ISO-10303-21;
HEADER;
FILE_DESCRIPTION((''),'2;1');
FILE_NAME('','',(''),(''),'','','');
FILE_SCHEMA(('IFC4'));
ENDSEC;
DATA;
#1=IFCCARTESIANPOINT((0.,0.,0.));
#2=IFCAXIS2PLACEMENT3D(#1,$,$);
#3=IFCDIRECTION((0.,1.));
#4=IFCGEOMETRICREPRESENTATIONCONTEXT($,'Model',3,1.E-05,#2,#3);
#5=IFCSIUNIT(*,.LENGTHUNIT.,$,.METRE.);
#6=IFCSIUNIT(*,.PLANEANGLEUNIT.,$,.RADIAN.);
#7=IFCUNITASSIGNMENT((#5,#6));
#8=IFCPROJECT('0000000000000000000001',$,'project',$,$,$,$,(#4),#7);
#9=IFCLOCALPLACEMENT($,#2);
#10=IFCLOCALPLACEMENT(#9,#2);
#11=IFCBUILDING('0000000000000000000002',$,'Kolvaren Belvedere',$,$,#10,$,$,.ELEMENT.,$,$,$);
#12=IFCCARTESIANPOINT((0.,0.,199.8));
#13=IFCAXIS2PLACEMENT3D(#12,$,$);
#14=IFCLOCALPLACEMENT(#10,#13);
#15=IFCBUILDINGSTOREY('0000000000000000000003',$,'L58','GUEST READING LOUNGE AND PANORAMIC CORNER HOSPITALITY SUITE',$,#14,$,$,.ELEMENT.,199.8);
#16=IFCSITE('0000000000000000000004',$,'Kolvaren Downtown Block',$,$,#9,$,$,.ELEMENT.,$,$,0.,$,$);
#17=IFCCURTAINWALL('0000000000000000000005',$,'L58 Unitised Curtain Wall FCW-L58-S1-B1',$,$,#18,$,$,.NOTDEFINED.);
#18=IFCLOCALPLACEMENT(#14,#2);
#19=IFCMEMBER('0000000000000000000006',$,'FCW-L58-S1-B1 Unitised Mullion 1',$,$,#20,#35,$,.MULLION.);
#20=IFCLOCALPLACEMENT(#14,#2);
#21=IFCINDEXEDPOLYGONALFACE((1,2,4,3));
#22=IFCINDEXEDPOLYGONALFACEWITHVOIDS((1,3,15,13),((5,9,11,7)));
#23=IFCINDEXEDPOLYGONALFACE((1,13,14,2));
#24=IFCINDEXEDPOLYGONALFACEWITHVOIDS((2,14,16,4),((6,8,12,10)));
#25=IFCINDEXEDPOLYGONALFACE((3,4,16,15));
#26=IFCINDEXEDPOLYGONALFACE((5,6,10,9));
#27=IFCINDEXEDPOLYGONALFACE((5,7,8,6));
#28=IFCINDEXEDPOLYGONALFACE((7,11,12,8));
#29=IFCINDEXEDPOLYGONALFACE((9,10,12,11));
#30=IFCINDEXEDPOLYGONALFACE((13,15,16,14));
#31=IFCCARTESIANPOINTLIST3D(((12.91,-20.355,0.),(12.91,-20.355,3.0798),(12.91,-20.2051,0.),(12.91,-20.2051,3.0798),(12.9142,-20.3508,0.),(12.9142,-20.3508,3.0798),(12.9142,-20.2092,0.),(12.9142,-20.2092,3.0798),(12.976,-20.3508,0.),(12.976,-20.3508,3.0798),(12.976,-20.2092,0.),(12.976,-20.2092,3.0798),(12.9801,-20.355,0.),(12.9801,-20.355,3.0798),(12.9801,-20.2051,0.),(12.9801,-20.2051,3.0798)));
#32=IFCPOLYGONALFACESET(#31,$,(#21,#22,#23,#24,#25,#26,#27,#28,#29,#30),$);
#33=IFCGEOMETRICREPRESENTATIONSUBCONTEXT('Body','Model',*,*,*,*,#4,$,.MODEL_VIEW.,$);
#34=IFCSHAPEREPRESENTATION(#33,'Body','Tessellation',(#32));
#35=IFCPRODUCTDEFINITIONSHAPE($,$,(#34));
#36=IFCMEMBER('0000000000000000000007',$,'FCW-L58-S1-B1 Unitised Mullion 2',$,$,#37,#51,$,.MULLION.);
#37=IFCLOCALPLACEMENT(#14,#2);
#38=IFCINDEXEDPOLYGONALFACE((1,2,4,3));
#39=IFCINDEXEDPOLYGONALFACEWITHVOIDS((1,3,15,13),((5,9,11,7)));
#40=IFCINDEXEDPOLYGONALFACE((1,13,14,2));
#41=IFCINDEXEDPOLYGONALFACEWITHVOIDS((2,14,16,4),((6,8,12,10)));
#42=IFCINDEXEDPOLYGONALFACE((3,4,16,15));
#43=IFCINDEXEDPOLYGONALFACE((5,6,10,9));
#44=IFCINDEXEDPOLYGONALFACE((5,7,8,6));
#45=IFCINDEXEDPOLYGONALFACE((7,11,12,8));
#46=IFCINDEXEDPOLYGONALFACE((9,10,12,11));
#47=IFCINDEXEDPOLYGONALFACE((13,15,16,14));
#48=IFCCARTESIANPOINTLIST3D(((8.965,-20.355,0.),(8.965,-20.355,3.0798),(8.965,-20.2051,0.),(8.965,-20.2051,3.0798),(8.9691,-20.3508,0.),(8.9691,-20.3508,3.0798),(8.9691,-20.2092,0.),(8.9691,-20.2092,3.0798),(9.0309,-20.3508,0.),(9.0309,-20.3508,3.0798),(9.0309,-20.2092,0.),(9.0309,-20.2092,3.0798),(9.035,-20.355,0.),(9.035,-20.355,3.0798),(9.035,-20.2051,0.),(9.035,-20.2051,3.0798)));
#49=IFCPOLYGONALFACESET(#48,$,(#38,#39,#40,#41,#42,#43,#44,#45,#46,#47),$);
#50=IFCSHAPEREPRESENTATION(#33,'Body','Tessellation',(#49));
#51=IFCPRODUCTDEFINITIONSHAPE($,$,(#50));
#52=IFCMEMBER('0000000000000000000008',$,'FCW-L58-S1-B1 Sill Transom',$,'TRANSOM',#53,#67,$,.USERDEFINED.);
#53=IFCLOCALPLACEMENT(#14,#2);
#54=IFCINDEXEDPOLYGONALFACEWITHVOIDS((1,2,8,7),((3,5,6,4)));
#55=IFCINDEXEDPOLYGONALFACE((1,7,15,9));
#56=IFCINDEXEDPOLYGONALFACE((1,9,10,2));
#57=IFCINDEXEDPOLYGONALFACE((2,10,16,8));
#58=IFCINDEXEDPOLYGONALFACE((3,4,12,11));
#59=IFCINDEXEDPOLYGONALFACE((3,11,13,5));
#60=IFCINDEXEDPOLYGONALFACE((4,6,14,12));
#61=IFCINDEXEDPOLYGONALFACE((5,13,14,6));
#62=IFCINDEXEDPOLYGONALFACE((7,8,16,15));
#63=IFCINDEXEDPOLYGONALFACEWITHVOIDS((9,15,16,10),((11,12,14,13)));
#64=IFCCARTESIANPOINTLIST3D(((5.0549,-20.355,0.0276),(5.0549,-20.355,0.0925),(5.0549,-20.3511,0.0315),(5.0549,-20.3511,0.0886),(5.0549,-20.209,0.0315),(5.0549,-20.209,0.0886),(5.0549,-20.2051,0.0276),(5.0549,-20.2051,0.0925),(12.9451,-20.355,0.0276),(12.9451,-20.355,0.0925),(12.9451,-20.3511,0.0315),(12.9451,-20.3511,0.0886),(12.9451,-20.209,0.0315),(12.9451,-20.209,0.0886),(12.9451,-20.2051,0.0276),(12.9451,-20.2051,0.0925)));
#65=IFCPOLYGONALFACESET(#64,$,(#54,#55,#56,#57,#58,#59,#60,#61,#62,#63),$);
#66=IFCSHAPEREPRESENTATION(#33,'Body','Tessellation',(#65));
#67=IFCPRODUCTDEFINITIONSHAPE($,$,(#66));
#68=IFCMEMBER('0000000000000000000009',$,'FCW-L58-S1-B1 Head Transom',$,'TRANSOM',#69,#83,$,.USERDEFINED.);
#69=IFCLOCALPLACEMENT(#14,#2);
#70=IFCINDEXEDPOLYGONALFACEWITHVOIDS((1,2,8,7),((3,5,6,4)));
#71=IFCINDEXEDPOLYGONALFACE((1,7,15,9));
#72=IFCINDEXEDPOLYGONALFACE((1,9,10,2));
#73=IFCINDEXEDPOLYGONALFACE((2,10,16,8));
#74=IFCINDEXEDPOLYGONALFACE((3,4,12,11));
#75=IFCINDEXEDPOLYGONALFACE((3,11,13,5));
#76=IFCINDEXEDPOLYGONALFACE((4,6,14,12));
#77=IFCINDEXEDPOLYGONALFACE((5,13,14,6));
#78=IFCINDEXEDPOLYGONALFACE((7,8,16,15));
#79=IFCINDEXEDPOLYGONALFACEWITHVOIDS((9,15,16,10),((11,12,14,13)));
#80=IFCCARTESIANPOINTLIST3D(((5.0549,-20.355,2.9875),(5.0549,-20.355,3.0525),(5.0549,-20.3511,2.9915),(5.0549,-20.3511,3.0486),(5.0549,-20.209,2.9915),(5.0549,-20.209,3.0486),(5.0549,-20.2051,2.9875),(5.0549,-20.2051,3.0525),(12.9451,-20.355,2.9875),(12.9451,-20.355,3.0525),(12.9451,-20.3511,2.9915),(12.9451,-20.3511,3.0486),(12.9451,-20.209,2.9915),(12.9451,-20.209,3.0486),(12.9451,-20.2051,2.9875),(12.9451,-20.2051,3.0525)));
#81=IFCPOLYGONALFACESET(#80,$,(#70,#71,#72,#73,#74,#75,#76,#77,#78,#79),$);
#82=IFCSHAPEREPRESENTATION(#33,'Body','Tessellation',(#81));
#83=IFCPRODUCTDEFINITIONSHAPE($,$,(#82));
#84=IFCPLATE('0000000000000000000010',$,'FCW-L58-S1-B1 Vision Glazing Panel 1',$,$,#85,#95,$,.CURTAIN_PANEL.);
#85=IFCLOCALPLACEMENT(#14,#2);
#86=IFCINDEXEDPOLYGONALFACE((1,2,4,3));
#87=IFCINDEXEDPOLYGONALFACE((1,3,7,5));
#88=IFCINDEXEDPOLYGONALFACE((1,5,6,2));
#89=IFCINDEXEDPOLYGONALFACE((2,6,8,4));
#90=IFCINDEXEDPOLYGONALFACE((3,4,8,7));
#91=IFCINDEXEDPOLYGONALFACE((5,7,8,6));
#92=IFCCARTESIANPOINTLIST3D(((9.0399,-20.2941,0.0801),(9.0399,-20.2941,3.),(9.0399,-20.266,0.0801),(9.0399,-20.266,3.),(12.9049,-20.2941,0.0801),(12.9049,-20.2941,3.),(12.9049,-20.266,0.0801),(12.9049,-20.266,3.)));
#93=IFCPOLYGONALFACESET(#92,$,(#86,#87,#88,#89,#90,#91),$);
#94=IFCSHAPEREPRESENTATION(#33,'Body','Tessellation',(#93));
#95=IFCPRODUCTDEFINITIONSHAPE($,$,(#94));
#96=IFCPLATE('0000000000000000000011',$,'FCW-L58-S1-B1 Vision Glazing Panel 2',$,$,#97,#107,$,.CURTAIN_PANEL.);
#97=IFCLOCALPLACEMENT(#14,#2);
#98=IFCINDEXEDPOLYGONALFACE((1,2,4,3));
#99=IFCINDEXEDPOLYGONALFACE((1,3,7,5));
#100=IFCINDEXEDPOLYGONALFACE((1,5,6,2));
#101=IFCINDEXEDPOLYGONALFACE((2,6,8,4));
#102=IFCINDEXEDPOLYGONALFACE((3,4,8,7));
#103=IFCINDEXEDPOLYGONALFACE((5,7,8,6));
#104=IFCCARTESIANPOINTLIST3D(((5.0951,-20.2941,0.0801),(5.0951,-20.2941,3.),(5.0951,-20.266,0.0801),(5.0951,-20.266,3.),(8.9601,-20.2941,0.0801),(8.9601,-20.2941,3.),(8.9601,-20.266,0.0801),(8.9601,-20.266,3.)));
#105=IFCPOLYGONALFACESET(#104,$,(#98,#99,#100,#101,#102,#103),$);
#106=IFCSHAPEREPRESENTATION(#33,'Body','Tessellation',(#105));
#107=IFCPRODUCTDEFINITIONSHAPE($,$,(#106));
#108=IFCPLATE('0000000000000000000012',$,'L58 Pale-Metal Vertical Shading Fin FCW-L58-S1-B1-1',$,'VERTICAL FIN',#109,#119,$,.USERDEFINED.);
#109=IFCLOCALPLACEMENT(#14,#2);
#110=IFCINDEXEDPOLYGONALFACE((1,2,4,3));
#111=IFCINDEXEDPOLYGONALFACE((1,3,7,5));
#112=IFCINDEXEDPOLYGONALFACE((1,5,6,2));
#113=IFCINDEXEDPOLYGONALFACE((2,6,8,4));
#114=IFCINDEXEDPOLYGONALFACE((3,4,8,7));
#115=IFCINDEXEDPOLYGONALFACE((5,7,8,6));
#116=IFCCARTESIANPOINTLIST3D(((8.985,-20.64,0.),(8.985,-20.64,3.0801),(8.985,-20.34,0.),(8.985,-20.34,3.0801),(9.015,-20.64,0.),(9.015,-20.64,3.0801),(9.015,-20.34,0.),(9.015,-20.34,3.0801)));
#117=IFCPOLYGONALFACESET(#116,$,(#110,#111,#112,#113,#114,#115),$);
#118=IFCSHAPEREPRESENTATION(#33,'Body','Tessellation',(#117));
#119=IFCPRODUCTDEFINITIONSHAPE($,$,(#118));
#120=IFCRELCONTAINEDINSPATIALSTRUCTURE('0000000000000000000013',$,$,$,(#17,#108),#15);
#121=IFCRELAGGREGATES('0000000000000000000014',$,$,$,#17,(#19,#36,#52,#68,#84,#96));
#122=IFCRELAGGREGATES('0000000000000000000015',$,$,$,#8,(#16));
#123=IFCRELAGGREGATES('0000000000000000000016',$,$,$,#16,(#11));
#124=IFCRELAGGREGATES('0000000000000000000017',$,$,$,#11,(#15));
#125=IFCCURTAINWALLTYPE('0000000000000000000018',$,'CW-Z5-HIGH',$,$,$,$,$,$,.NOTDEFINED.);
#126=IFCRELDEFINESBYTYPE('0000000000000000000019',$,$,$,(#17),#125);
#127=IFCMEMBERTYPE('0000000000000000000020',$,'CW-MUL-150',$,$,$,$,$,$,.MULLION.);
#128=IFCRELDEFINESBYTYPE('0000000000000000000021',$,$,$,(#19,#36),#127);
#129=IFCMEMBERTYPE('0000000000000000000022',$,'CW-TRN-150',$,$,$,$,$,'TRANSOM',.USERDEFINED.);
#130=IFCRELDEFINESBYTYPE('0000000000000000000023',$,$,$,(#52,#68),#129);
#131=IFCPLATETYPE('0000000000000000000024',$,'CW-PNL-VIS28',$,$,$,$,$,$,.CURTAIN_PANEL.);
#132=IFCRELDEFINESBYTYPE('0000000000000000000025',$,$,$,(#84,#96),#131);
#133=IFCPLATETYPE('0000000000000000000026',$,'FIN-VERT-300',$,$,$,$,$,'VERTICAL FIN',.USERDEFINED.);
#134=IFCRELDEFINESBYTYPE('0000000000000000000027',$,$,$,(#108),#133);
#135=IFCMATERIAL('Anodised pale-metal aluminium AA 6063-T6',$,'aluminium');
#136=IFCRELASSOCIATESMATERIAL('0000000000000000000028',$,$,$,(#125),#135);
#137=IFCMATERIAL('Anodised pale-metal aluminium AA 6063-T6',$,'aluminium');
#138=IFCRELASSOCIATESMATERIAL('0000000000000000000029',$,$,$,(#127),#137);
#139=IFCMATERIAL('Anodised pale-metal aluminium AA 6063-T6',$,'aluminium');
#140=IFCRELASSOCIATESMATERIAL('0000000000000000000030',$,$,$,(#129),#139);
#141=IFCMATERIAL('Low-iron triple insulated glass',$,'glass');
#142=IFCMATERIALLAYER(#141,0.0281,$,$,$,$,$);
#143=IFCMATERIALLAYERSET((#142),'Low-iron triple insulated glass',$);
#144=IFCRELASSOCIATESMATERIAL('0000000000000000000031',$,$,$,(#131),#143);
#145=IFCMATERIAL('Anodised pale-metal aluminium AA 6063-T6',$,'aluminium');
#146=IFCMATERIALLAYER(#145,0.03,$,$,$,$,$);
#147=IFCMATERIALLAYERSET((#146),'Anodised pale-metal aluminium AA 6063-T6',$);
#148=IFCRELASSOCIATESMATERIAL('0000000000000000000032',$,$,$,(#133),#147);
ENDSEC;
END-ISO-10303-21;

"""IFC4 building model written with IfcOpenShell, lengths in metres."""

from ifc_helpers import new_model, si_unit, direction, frame, origin, origin_2d, place, context, subcontext, project, spatial, rectangle, hollow_rectangle, extrude, material, layer, layer_set, material_profile, profile_set, type_object, element, aggregate, save


model = new_model("IFC4")

# Units and contexts
model_context = context("Model", 3, precision=1e-05, world=origin(), true_north=direction((0.0, 1.0)))
body_context = subcontext(model_context, "Body", "Model", "MODEL_VIEW")
ifc_project = project(units=[si_unit("LENGTHUNIT", "METRE"), si_unit("PLANEANGLEUNIT", "RADIAN")], contexts=[model_context])

# Site, building, storey
site_placement = place(None, origin())
site = spatial("IfcSite", under=ifc_project, at=site_placement, Name="Kolvaren Downtown Block", CompositionType="ELEMENT", RefElevation=0.0)
building_placement = place(site_placement, origin())
building = spatial("IfcBuilding", under=site, at=building_placement, Name="Kolvaren Belvedere", CompositionType="ELEMENT")
storey_placement = place(building_placement, frame((0.0, 0.0, 199.8)))
storey = spatial("IfcBuildingStorey", under=building, at=storey_placement, Name="L58", Description="GUEST READING LOUNGE AND PANORAMIC CORNER HOSPITALITY SUITE", CompositionType="ELEMENT", Elevation=199.8)

# Curtain wall, members, plates
ifc_material_1 = material(Name="Anodised pale-metal aluminium AA 6063-T6", Category="aluminium")
curtain_wall_type = type_object("IfcCurtainWallType", Name="CW-Z5-HIGH", PredefinedType="NOTDEFINED", material=ifc_material_1)
curtain_wall_placement = place(storey_placement, origin())
curtain_wall = element("IfcCurtainWall", 1, at=curtain_wall_placement, inside=storey, type_object=curtain_wall_type, Name="L58 Unitised Curtain Wall FCW-L58-S1-B1", PredefinedType="NOTDEFINED")
ifc_material_2 = material(Name="Anodised pale-metal aluminium AA 6063-T6", Category="aluminium")
ifc_material_profile_1 = material_profile(ifc_material_2, hollow_rectangle(XDim=0.0701, YDim=0.1499, WallThickness=0.0042, at=origin_2d()), Name="ALU-MUL-150X70")
ifc_profile_set_1 = profile_set([ifc_material_profile_1], Name="Anodised pale-metal aluminium AA 6063-T6")
member_type_1 = type_object("IfcMemberType", Name="CW-MUL-150", PredefinedType="MULLION", material=ifc_profile_set_1)
member_1_placement = place(storey_placement, frame((12.9451, -20.28, 0.0), z_axis=(0.0, 0.0, 1.0), x_axis=(1.0, 0.0, 0.0)))
member_1 = element("IfcMember", 2, at=member_1_placement, type_object=member_type_1, Name="FCW-L58-S1-B1 Unitised Mullion 1", PredefinedType="MULLION", context=body_context, shape_type="SweptSolid", body=[
    extrude(hollow_rectangle(XDim=0.0701, YDim=0.1499, WallThickness=0.0042, at=origin_2d()), origin(), (0.0, 0.0, 1.0), 3.0798),
])
member_2_placement = place(storey_placement, frame((9.0, -20.28, 0.0), z_axis=(0.0, 0.0, 1.0), x_axis=(1.0, 0.0, 0.0)))
member_2 = element("IfcMember", 3, at=member_2_placement, type_object=member_type_1, Name="FCW-L58-S1-B1 Unitised Mullion 2", PredefinedType="MULLION", context=body_context, shape_type="SweptSolid", body=[
    extrude(hollow_rectangle(XDim=0.0701, YDim=0.1499, WallThickness=0.0042, at=origin_2d()), origin(), (0.0, 0.0, 1.0), 3.0798),
])
ifc_material_3 = material(Name="Anodised pale-metal aluminium AA 6063-T6", Category="aluminium")
ifc_material_profile_2 = material_profile(ifc_material_3, hollow_rectangle(XDim=0.0649, YDim=0.1499, WallThickness=0.0039, at=origin_2d()), Name="ALU-TRN-150X65")
ifc_profile_set_2 = profile_set([ifc_material_profile_2], Name="Anodised pale-metal aluminium AA 6063-T6")
member_type_2 = type_object("IfcMemberType", Name="CW-TRN-150", ElementType="TRANSOM", PredefinedType="USERDEFINED", material=ifc_profile_set_2)
member_3_placement = place(storey_placement, frame((12.9451, -20.28, 0.0601), z_axis=(-1.0, 0.0, 0.0), x_axis=(0.0, 0.0, 1.0)))
member_3 = element("IfcMember", 4, at=member_3_placement, type_object=member_type_2, Name="FCW-L58-S1-B1 Sill Transom", ObjectType="TRANSOM", PredefinedType="USERDEFINED", context=body_context, shape_type="SweptSolid", body=[
    extrude(hollow_rectangle(XDim=0.0649, YDim=0.1499, WallThickness=0.0039, at=origin_2d()), origin(), (0.0, 0.0, 1.0), 7.8901),
])
member_4_placement = place(storey_placement, frame((12.9451, -20.28, 3.02), z_axis=(-1.0, 0.0, 0.0), x_axis=(0.0, 0.0, 1.0)))
member_4 = element("IfcMember", 5, at=member_4_placement, type_object=member_type_2, Name="FCW-L58-S1-B1 Head Transom", ObjectType="TRANSOM", PredefinedType="USERDEFINED", context=body_context, shape_type="SweptSolid", body=[
    extrude(hollow_rectangle(XDim=0.0649, YDim=0.1499, WallThickness=0.0039, at=origin_2d()), origin(), (0.0, 0.0, 1.0), 7.8901),
])
ifc_material_4 = material(Name="Low-iron triple insulated glass", Category="glass")
ifc_layer_1 = layer(ifc_material_4, 0.0281)
ifc_layer_set_1 = layer_set([ifc_layer_1], Name="Low-iron triple insulated glass")
plate_type_1 = type_object("IfcPlateType", Name="CW-PNL-VIS28", PredefinedType="CURTAIN_PANEL", material=ifc_layer_set_1)
plate_1_placement = place(storey_placement, frame((10.9724, -20.28, 0.0801), z_axis=(0.0, 0.0, 1.0), x_axis=(-1.0, 0.0, 0.0)))
plate_1 = element("IfcPlate", 6, at=plate_1_placement, type_object=plate_type_1, Name="FCW-L58-S1-B1 Vision Glazing Panel 1", PredefinedType="CURTAIN_PANEL", context=body_context, shape_type="SweptSolid", body=[
    extrude(rectangle(XDim=3.865, YDim=0.0281, at=origin_2d()), origin(), (0.0, 0.0, 1.0), 2.9199),
])
plate_2_placement = place(storey_placement, frame((7.0276, -20.28, 0.0801), z_axis=(0.0, 0.0, 1.0), x_axis=(-1.0, 0.0, 0.0)))
plate_2 = element("IfcPlate", 7, at=plate_2_placement, type_object=plate_type_1, Name="FCW-L58-S1-B1 Vision Glazing Panel 2", PredefinedType="CURTAIN_PANEL", context=body_context, shape_type="SweptSolid", body=[
    extrude(rectangle(XDim=3.865, YDim=0.0281, at=origin_2d()), origin(), (0.0, 0.0, 1.0), 2.9199),
])
aggregate(curtain_wall, [member_1, member_2, member_3, member_4, plate_1, plate_2])

# Plate
ifc_material_5 = material(Name="Anodised pale-metal aluminium AA 6063-T6", Category="aluminium")
ifc_layer_2 = layer(ifc_material_5, 0.03)
ifc_layer_set_2 = layer_set([ifc_layer_2], Name="Anodised pale-metal aluminium AA 6063-T6")
plate_type_2 = type_object("IfcPlateType", Name="FIN-VERT-300", ElementType="VERTICAL FIN", PredefinedType="USERDEFINED", material=ifc_layer_set_2)
plate_3_placement = place(storey_placement, frame((9.0, -20.49, 0.0), z_axis=(0.0, 0.0, 1.0), x_axis=(0.0, 1.0, 0.0)))
element("IfcPlate", 8, at=plate_3_placement, inside=storey, type_object=plate_type_2, Name="L58 Pale-Metal Vertical Shading Fin FCW-L58-S1-B1-1", ObjectType="VERTICAL FIN", PredefinedType="USERDEFINED", context=body_context, shape_type="SweptSolid", body=[
    extrude(rectangle(XDim=0.3, YDim=0.03, at=origin_2d()), origin(), (0.0, 0.0, 1.0), 3.0801),
])

save(model, "model.ifc")
